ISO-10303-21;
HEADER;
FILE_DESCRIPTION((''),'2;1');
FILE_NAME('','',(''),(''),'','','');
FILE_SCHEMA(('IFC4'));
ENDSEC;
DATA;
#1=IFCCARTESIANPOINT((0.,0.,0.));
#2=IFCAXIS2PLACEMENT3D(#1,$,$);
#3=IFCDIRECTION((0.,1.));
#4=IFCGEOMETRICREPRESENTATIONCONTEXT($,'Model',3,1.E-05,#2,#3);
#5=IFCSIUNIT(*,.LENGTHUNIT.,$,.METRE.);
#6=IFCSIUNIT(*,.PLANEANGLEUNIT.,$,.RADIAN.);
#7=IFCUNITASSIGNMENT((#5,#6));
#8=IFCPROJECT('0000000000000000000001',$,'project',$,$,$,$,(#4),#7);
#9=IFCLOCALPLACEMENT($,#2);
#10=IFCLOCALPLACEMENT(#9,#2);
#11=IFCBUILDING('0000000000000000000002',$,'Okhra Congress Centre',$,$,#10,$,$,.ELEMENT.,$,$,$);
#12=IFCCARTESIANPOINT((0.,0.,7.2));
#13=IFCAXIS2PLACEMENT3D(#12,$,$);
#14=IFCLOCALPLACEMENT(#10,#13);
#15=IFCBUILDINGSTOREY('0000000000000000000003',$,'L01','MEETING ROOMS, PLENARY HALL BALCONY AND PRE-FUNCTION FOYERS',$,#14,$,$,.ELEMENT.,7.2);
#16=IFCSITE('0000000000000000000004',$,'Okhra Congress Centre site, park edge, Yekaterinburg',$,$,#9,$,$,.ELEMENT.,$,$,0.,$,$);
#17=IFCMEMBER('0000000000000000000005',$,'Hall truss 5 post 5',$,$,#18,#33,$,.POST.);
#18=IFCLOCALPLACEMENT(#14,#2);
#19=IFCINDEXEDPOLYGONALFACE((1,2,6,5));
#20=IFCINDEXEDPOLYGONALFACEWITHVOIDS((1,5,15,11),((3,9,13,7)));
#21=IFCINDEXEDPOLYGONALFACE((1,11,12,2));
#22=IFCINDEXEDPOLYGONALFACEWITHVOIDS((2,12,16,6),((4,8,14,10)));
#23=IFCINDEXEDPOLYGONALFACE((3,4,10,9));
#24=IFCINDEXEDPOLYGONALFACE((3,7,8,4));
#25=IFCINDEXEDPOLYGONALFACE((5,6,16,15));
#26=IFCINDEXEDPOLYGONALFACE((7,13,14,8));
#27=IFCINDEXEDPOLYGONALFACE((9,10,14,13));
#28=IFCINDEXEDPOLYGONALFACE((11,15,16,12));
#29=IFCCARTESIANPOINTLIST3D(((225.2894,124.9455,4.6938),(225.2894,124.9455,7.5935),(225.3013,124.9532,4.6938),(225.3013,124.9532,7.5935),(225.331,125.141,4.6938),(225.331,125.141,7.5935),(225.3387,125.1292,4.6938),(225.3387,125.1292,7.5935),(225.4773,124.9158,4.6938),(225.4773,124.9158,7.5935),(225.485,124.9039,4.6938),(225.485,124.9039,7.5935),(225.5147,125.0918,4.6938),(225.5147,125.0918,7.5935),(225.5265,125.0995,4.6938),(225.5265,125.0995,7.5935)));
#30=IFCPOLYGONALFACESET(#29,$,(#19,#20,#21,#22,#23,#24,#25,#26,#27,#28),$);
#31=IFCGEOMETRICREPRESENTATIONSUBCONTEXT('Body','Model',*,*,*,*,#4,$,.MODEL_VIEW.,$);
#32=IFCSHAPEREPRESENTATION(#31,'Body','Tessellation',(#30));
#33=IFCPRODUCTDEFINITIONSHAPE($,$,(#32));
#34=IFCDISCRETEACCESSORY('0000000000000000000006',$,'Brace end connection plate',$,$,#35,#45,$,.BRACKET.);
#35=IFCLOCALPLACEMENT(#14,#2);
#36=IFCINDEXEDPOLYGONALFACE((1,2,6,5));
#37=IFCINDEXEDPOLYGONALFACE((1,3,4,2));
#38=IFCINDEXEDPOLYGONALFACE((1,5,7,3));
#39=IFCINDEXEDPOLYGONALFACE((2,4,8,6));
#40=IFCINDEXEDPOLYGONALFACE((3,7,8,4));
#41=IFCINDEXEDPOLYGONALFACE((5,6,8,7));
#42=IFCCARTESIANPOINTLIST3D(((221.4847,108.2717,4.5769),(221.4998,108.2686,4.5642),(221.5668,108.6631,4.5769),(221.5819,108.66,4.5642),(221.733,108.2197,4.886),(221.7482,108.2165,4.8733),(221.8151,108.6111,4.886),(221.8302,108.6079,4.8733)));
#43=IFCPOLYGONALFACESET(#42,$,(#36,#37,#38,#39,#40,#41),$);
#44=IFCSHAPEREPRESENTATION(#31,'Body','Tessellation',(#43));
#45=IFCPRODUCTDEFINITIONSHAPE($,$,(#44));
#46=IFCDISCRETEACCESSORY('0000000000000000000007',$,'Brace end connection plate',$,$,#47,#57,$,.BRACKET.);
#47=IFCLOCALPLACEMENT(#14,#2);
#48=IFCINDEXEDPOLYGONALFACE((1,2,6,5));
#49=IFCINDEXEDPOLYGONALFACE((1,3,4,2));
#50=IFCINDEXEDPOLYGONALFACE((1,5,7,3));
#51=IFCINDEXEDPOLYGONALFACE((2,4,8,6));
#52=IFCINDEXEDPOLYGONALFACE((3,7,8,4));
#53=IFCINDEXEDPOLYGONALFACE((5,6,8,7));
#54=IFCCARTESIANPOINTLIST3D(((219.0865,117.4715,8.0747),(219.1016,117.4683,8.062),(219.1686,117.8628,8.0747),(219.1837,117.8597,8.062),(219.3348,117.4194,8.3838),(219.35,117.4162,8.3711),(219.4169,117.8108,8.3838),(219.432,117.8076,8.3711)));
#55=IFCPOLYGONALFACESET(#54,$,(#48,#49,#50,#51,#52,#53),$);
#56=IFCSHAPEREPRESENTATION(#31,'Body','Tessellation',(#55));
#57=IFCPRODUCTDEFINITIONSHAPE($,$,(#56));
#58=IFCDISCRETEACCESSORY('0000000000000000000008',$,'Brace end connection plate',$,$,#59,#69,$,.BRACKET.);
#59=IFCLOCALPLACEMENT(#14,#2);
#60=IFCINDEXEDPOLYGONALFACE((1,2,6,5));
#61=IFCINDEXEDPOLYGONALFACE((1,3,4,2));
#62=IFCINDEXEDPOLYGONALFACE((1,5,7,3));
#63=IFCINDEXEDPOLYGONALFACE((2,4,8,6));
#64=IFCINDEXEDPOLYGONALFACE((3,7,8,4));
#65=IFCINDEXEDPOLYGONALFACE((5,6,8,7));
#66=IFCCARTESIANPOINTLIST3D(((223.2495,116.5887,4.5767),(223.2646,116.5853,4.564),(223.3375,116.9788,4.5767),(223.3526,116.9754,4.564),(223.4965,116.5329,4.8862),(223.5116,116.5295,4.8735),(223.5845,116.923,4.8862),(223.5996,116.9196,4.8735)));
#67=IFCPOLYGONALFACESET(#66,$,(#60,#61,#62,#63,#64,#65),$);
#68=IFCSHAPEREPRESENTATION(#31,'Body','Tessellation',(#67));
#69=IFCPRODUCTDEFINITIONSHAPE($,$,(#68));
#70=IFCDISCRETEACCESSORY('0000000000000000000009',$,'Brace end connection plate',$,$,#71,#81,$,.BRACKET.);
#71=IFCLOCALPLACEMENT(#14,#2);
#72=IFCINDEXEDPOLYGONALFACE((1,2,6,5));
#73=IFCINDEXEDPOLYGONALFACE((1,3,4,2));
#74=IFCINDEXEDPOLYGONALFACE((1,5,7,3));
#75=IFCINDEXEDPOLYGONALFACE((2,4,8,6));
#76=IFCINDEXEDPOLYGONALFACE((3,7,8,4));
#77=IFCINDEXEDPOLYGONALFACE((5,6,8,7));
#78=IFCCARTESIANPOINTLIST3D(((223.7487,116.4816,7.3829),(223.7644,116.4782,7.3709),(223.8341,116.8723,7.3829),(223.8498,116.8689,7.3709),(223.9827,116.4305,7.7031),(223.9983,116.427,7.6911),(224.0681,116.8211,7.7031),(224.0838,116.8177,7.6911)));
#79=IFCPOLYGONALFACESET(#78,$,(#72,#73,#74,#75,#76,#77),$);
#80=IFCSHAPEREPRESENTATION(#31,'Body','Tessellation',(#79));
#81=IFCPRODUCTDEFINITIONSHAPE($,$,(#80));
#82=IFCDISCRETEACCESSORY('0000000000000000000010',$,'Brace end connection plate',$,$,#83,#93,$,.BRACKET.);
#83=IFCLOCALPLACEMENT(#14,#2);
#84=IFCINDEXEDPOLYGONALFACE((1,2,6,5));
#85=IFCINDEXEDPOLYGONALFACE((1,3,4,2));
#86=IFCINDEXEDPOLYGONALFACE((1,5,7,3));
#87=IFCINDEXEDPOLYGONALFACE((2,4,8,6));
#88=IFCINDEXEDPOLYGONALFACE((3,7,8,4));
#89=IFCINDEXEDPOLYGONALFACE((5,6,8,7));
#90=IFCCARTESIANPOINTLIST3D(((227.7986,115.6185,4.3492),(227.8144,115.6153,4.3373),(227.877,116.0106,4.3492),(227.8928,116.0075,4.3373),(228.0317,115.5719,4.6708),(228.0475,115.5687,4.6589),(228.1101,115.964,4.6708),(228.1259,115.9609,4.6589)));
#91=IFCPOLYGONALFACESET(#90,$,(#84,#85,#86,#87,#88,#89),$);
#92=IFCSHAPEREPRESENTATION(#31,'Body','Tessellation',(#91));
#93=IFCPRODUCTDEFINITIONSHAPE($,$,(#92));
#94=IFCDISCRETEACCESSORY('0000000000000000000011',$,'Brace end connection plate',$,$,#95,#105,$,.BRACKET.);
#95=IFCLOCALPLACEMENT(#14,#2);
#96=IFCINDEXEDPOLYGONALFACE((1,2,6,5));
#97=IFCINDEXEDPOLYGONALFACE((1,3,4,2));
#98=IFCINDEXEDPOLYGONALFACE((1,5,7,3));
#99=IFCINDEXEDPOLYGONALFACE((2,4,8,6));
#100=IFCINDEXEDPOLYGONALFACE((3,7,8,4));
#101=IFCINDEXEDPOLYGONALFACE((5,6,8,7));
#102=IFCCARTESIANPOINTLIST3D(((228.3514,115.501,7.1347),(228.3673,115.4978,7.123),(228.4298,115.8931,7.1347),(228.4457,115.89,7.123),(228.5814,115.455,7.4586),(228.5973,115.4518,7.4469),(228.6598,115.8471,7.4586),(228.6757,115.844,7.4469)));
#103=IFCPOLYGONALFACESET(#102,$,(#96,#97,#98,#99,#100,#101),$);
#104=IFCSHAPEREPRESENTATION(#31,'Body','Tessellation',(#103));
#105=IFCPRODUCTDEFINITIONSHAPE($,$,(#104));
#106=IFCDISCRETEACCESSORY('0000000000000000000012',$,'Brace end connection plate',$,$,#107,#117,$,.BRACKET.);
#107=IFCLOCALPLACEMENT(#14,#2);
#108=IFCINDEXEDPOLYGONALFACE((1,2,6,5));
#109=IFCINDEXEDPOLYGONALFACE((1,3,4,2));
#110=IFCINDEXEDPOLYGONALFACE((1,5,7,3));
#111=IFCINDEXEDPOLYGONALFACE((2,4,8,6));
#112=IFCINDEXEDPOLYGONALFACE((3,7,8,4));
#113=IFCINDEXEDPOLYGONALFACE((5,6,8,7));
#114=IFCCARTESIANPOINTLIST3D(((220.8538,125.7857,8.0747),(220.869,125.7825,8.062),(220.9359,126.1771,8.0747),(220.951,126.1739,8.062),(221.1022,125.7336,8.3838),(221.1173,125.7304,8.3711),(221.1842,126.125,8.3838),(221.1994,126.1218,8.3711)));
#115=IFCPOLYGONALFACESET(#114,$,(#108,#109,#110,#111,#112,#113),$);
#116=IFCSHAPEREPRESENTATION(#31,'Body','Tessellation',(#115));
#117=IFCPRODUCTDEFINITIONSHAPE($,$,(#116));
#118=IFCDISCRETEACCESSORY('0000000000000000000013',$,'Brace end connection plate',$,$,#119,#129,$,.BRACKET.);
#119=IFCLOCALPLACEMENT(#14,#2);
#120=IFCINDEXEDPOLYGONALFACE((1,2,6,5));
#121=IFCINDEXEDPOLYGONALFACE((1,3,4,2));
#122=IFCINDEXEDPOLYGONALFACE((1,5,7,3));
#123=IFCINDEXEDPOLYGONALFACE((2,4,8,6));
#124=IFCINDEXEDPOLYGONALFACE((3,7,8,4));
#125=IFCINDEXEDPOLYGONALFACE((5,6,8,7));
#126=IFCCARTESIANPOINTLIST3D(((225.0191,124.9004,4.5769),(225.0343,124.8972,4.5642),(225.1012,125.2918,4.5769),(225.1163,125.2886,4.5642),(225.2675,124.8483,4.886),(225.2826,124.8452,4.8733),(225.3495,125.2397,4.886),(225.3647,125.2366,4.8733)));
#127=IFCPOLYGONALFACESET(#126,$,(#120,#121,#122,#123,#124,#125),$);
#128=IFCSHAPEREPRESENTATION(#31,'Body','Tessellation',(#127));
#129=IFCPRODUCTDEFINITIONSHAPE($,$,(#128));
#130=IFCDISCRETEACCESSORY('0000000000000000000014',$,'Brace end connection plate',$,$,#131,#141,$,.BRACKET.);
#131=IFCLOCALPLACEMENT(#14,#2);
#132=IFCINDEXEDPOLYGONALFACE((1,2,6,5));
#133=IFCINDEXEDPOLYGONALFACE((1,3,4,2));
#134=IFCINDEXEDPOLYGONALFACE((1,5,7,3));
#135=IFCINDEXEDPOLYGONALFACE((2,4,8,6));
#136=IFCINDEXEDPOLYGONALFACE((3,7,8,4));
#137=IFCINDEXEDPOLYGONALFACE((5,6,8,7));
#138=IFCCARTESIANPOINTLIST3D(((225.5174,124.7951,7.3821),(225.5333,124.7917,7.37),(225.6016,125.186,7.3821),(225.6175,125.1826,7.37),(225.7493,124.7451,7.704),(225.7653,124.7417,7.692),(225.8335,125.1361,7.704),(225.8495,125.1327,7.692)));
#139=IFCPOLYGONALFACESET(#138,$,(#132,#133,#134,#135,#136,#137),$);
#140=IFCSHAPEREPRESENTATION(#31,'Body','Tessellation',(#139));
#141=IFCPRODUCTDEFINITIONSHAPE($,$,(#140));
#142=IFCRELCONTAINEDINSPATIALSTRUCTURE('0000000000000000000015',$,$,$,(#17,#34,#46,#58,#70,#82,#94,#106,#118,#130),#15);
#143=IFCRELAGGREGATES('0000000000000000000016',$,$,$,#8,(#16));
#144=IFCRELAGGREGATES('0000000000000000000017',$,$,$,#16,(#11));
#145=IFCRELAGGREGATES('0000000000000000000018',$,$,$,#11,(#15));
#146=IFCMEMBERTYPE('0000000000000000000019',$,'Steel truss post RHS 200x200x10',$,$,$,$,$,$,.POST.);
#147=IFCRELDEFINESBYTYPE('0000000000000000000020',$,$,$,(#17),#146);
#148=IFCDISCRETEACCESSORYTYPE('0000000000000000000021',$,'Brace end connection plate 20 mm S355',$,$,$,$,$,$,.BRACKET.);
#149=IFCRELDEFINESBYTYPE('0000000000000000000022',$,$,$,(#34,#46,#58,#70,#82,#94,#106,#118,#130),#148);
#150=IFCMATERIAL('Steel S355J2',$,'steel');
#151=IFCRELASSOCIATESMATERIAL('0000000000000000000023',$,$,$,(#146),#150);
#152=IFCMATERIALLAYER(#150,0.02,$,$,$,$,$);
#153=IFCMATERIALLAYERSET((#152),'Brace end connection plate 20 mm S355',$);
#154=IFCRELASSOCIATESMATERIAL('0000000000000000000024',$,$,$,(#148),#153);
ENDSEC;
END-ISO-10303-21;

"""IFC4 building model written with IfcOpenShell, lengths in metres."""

from ifc_helpers import new_model, si_unit, direction, frame, origin, origin_2d, place, context, subcontext, project, spatial, rectangle, hollow_rectangle, extrude, material, layer, layer_set, material_profile, profile_set, type_object, element, save


model = new_model("IFC4")

# Units and contexts
model_context = context("Model", 3, precision=1e-05, world=origin(), true_north=direction((0.0, 1.0)))
body_context = subcontext(model_context, "Body", "Model", "MODEL_VIEW")
ifc_project = project(units=[si_unit("LENGTHUNIT", "METRE"), si_unit("PLANEANGLEUNIT", "RADIAN")], contexts=[model_context])

# Site, building, storey
site_placement = place(None, origin())
site = spatial("IfcSite", under=ifc_project, at=site_placement, Name="Okhra Congress Centre site, park edge, Yekaterinburg", CompositionType="ELEMENT", RefElevation=0.0)
building_placement = place(site_placement, origin())
building = spatial("IfcBuilding", under=site, at=building_placement, Name="Okhra Congress Centre", CompositionType="ELEMENT")
storey_placement = place(building_placement, frame((0.0, 0.0, 7.2)))
storey = spatial("IfcBuildingStorey", under=building, at=storey_placement, Name="L01", Description="MEETING ROOMS, PLENARY HALL BALCONY AND PRE-FUNCTION FOYERS", CompositionType="ELEMENT", Elevation=7.2)

# Member
ifc_material = material(Name="Steel S355J2", Category="steel")
ifc_material_profile_1 = material_profile(ifc_material, hollow_rectangle(XDim=0.2, YDim=0.2, WallThickness=0.01, at=origin_2d()), Name="RHS 200x200x10")
ifc_profile_set_1 = profile_set([ifc_material_profile_1], Name="Steel S355J2")
member_type_1 = type_object("IfcMemberType", Name="Steel truss post RHS 200x200x10", PredefinedType="POST", material=ifc_profile_set_1)
for number, where, z_axis, x_axis, name in (
    (1, (225.408, 125.0225, 4.6938), (0.0, 0.0, 1.0), (0.978148, -0.207912, 0.0), "Hall truss 5 post 5"),
):
    element("IfcMember", number, at=place(storey_placement, frame(where, z_axis=z_axis, x_axis=x_axis)), inside=storey, type_object=member_type_1, Name=name, PredefinedType="POST", context=body_context, shape_type="SweptSolid", body=[
        extrude(hollow_rectangle(XDim=0.2, YDim=0.2, WallThickness=0.01, at=origin_2d()), origin(), (0.0, 0.0, 1.0), 2.8997),
    ])

# Discrete accessories
ifc_layer = layer(ifc_material, 0.02)
ifc_layer_set = layer_set([ifc_layer], Name="Brace end connection plate 20 mm S355")
discrete_accessory_type = type_object("IfcDiscreteAccessoryType", Name="Brace end connection plate 20 mm S355", PredefinedType="BRACKET", material=ifc_layer_set)
for number, where, z_axis, x_axis, name in (
    (2, (221.6499, 108.4414, 4.7314), (0.756491, -0.158619, -0.634477), (0.205215, 0.978717, 0.0), "Brace end connection plate"),
    (3, (219.2668, 117.6379, 8.2166), (-0.756491, 0.158619, 0.634477), (-0.205215, -0.978717, 0.0), "Brace end connection plate"),
    (4, (223.417, 116.7559, 4.7314), (0.754976, -0.170478, -0.633205), (0.220261, 0.975441, 0.0), "Brace end connection plate"),
    (5, (223.9241, 116.6479, 7.531), (-0.782293, 0.171127, 0.598943), (-0.213697, -0.9769, 0.0), "Brace end connection plate"),
    (6, (227.9543, 115.7913, 4.51), (0.788531, -0.157706, -0.594431), (0.196116, 0.980581, 0.0), "Brace end connection plate"),
    (7, (228.5215, 115.6709, 7.2849), (-0.79422, 0.158844, 0.586501), (-0.196116, -0.980581, 0.0), "Brace end connection plate"),
    (8, (221.0342, 125.9521, 8.2166), (-0.756491, 0.158619, 0.634477), (-0.205215, -0.978717, 0.0), "Brace end connection plate"),
    (9, (225.1843, 125.0701, 4.7314), (0.756491, -0.158619, -0.634477), (0.205215, 0.978717, 0.0), "Brace end connection plate"),
):
    element("IfcDiscreteAccessory", number, at=place(storey_placement, frame(where, z_axis=z_axis, x_axis=x_axis)), inside=storey, type_object=discrete_accessory_type, Name=name, PredefinedType="BRACKET", context=body_context, shape_type="SweptSolid", body=[
        extrude(rectangle(XDim=0.3999, YDim=0.3999, at=origin_2d()), origin(), (0.0, 0.0, 1.0), 0.02),
    ])
discrete_accessory_placement = place(storey_placement, frame((225.6914, 124.9622, 7.531), z_axis=(-0.786969, 0.169501, 0.593253), x_axis=(-0.210556, -0.977582, 0.0)))
element("IfcDiscreteAccessory", 10, at=discrete_accessory_placement, inside=storey, type_object=discrete_accessory_type, Name="Brace end connection plate", PredefinedType="BRACKET", context=body_context, shape_type="SweptSolid", body=[
    extrude(rectangle(XDim=0.3999, YDim=0.3999, at=origin_2d()), origin(), (0.0, 0.0, 1.0), 0.0203),
])

save(model, "model.ifc")
